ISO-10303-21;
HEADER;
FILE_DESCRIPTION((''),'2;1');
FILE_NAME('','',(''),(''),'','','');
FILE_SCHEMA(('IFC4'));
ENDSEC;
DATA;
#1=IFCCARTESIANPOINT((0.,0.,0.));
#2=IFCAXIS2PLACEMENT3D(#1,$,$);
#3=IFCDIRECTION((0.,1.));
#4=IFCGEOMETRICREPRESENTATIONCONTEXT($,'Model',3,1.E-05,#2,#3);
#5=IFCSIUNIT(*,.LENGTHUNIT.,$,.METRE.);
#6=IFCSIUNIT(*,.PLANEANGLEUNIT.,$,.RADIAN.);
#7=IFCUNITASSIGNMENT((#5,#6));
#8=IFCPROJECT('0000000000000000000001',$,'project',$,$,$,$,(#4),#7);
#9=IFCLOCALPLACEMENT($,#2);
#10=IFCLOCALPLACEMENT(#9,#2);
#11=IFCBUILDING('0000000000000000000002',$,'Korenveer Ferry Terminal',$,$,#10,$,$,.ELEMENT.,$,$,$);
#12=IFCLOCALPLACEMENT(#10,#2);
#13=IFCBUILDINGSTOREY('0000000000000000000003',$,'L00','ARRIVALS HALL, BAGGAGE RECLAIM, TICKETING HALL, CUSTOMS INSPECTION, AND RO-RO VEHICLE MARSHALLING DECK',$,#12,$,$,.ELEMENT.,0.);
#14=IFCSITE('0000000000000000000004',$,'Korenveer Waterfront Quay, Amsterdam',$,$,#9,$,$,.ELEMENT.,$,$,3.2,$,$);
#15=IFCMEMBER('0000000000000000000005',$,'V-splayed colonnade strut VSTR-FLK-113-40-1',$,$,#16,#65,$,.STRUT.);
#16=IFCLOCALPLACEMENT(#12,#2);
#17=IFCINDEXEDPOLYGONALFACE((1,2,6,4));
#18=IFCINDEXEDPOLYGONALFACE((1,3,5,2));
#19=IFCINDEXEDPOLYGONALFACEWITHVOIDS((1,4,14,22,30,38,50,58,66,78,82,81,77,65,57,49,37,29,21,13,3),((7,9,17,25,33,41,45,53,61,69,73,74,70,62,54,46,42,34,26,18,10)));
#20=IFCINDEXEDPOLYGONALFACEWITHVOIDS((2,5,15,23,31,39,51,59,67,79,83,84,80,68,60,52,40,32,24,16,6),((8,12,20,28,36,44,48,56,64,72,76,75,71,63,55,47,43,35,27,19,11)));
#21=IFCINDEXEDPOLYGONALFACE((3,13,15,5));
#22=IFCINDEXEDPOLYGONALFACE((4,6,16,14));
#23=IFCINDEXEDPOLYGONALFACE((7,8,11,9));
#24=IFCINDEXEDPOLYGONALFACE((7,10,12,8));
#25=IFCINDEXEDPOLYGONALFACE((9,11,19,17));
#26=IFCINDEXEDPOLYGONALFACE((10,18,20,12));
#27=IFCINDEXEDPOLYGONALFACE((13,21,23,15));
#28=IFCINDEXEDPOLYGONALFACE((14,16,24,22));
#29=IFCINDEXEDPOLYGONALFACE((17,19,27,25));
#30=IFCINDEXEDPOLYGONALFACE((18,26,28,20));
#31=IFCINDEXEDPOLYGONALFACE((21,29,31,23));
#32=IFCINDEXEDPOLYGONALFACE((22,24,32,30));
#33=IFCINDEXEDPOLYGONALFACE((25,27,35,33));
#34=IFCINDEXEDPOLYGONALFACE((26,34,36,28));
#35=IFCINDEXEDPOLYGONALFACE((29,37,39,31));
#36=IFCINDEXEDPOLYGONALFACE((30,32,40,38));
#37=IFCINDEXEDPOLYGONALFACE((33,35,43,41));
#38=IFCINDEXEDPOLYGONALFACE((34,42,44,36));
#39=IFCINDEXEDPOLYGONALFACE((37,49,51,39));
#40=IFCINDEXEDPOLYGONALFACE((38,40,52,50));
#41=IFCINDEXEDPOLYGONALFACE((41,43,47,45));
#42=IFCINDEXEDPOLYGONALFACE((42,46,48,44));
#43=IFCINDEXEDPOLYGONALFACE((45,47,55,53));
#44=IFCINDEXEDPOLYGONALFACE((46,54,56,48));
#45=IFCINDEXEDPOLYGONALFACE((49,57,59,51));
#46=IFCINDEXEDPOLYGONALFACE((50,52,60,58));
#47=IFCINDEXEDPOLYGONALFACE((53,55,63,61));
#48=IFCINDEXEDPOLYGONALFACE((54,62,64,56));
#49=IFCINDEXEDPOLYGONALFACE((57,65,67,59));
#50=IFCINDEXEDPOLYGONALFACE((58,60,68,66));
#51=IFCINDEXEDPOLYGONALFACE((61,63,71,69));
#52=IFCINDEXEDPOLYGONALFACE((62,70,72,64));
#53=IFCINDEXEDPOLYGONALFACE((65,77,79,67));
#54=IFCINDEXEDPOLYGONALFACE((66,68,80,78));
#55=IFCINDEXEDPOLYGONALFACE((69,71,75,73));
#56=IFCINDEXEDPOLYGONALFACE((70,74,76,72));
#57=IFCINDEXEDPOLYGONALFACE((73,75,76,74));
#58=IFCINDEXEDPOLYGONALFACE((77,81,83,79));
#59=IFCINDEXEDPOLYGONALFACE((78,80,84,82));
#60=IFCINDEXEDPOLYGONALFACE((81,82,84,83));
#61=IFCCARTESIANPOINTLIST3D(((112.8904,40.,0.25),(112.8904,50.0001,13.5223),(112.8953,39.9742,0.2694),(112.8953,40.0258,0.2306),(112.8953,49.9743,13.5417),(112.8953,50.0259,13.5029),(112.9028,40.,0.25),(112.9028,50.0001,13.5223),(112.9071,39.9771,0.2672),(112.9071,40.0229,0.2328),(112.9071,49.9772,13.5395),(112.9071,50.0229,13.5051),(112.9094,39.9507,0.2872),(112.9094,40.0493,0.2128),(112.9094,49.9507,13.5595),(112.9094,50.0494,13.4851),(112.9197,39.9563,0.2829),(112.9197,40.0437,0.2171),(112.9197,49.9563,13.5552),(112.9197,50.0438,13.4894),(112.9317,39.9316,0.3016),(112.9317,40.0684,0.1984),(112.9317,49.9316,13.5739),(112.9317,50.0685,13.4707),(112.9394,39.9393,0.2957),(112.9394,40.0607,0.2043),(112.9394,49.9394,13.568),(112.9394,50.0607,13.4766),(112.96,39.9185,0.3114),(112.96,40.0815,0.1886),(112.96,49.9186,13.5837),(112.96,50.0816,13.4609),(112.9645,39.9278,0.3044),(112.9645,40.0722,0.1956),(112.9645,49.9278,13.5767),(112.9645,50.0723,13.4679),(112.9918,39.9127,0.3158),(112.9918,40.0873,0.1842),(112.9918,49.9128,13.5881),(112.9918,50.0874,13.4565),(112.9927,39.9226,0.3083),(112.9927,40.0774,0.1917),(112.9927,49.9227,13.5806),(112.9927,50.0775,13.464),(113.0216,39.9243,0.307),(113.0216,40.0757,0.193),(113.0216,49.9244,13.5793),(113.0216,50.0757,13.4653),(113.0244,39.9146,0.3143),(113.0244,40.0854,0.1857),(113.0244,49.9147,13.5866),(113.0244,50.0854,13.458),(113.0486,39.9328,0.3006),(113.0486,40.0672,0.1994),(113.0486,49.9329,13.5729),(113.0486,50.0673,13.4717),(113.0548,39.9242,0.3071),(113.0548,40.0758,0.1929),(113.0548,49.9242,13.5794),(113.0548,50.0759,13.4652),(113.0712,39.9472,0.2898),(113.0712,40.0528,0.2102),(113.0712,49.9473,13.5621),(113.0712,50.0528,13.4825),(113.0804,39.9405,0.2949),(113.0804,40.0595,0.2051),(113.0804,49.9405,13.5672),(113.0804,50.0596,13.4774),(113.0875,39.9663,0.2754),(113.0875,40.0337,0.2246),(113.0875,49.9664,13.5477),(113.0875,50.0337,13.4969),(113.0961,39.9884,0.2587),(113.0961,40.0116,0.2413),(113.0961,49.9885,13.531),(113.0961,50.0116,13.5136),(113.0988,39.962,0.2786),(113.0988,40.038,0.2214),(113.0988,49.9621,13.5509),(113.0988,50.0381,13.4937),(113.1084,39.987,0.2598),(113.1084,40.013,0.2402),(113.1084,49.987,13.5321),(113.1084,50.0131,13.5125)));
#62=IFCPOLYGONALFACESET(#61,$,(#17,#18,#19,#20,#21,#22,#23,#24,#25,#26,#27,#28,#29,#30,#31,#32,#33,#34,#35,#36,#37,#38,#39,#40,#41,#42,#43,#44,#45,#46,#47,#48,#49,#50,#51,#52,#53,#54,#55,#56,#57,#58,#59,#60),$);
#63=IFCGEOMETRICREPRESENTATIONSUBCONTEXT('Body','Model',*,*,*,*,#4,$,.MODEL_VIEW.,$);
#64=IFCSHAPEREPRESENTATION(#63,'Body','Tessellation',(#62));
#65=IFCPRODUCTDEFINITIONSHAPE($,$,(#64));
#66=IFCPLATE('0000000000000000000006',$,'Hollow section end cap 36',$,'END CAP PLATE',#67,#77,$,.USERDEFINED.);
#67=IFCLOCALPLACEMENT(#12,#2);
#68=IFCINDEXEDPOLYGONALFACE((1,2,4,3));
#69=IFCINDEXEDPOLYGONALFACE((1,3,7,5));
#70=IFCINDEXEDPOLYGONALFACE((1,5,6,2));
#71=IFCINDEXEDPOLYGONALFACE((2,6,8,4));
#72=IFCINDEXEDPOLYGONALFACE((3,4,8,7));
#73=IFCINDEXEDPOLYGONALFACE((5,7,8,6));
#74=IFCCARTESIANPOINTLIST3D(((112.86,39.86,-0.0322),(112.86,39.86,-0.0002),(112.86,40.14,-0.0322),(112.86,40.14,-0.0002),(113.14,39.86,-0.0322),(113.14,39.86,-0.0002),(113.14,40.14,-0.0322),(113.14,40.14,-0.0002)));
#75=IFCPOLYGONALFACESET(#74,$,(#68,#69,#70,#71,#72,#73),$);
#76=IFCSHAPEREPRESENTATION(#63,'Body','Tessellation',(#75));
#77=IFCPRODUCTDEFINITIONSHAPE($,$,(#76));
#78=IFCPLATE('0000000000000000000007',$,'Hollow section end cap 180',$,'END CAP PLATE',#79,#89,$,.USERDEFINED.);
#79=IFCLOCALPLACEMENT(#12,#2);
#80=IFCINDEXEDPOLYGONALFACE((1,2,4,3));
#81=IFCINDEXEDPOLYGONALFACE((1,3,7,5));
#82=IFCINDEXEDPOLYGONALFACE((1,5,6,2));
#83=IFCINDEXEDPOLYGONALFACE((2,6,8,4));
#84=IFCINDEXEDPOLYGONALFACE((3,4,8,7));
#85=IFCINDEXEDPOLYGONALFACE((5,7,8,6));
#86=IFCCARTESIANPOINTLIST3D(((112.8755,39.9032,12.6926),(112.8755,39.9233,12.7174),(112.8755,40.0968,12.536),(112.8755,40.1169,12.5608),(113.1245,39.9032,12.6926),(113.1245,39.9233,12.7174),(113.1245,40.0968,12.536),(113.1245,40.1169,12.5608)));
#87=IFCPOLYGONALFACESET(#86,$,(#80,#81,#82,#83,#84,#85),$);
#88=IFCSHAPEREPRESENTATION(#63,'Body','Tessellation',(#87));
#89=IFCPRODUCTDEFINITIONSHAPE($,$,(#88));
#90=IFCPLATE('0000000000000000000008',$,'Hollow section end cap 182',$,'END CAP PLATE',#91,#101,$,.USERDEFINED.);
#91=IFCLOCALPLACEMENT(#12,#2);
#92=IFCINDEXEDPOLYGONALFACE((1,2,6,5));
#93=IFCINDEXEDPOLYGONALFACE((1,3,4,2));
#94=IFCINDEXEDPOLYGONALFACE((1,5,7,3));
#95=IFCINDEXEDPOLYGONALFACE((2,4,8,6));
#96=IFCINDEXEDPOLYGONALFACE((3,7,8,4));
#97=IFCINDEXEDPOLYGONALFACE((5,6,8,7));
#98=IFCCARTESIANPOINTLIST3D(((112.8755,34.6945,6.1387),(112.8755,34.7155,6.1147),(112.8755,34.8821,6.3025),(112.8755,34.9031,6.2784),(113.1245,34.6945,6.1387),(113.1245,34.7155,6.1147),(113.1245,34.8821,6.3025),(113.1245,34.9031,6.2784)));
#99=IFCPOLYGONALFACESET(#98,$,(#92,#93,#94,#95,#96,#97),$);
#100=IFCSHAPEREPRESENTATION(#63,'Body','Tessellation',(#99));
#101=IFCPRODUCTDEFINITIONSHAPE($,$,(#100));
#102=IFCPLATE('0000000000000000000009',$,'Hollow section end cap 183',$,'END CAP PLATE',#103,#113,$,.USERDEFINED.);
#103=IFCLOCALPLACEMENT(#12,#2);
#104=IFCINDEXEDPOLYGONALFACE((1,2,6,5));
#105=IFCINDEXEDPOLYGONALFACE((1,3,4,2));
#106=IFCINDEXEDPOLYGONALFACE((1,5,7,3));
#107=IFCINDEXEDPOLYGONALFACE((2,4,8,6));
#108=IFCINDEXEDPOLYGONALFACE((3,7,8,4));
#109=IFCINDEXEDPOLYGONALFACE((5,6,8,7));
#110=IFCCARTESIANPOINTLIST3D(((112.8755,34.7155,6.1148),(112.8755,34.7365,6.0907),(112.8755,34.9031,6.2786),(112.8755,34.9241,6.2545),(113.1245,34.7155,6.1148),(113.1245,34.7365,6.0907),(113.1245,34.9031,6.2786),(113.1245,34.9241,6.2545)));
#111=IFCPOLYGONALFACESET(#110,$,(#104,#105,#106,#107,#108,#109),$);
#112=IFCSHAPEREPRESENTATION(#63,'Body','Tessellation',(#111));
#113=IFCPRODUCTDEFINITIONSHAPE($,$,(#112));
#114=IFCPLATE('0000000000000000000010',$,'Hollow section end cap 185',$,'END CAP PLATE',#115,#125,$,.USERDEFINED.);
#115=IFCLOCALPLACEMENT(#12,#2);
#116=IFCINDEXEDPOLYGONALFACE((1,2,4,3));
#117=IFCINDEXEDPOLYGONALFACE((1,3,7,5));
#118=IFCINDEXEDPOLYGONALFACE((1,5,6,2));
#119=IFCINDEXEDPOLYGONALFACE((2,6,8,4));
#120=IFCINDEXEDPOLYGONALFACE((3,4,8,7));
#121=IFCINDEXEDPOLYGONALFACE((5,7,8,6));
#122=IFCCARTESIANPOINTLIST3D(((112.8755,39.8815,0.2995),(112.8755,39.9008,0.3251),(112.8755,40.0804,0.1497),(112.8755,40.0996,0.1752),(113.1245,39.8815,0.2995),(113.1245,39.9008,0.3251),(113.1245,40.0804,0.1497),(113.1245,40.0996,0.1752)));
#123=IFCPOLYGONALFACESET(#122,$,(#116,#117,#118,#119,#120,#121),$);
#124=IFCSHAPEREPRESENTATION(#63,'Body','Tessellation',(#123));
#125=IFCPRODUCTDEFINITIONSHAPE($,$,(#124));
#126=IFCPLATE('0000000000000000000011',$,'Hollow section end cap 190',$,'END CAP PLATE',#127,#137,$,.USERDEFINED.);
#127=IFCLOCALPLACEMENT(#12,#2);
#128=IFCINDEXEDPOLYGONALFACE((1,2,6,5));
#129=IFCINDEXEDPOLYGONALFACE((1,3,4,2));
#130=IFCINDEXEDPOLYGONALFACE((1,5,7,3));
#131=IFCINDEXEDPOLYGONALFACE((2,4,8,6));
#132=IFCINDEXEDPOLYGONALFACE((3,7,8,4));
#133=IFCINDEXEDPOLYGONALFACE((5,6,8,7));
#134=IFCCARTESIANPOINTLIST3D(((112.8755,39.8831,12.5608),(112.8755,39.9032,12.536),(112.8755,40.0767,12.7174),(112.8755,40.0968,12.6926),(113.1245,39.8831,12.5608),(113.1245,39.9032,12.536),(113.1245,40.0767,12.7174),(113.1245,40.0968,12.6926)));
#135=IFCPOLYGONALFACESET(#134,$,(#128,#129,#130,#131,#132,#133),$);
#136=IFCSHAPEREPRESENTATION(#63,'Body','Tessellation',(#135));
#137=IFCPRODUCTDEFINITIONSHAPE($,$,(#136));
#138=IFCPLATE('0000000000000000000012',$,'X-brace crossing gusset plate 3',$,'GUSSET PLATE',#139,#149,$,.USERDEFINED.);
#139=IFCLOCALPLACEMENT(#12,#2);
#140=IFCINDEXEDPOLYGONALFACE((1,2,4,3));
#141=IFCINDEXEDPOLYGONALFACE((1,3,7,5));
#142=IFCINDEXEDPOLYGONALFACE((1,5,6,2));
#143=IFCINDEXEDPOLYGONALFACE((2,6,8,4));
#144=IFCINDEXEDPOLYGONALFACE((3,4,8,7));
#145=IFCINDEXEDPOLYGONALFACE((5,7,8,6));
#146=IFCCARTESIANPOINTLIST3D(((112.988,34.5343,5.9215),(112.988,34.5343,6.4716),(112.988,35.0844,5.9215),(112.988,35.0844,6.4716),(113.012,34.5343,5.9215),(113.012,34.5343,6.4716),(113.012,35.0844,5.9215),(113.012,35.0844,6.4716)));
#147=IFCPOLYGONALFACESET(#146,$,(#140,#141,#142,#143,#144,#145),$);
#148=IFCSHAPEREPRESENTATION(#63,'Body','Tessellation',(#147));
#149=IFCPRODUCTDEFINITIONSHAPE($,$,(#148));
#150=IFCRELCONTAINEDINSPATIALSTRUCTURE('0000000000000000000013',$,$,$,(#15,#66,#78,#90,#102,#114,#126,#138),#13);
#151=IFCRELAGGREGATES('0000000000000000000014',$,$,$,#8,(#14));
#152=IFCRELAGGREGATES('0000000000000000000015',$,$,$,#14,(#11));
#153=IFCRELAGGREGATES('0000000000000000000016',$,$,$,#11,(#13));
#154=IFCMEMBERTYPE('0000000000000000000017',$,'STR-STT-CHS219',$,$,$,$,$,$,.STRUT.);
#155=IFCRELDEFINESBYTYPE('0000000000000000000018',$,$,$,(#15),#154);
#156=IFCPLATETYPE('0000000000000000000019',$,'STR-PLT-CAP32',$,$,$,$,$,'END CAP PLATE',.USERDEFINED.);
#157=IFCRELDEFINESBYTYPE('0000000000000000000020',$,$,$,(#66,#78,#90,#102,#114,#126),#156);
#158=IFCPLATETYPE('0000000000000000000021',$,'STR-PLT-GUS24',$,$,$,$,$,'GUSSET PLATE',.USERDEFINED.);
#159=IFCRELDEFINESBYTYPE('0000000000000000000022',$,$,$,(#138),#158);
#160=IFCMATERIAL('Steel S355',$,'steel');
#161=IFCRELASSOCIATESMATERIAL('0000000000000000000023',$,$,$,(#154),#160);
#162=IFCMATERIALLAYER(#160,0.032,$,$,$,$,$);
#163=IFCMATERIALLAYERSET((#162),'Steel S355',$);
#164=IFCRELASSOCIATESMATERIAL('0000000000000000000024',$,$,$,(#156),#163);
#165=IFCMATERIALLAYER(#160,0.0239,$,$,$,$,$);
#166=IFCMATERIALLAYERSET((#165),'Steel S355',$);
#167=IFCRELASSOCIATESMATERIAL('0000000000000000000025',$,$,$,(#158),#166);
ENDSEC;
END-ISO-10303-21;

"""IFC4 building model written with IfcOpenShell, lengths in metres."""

from ifc_helpers import new_model, si_unit, direction, frame, origin, origin_2d, place, context, subcontext, project, spatial, rectangle, hollow_circle, extrude, material, layer, layer_set, material_profile, profile_set, type_object, element, save


model = new_model("IFC4")

# Units and contexts
model_context = context("Model", 3, precision=1e-05, world=origin(), true_north=direction((0.0, 1.0)))
body_context = subcontext(model_context, "Body", "Model", "MODEL_VIEW")
ifc_project = project(units=[si_unit("LENGTHUNIT", "METRE"), si_unit("PLANEANGLEUNIT", "RADIAN")], contexts=[model_context])

# Site, building, storey
site_placement = place(None, origin())
site = spatial("IfcSite", under=ifc_project, at=site_placement, Name="Korenveer Waterfront Quay, Amsterdam", CompositionType="ELEMENT", RefElevation=3.2)
building_placement = place(site_placement, origin())
building = spatial("IfcBuilding", under=site, at=building_placement, Name="Korenveer Ferry Terminal", CompositionType="ELEMENT")
storey_placement = place(building_placement, origin())
storey = spatial("IfcBuildingStorey", under=building, at=storey_placement, Name="L00", Description="ARRIVALS HALL, BAGGAGE RECLAIM, TICKETING HALL, CUSTOMS INSPECTION, AND RO-RO VEHICLE MARSHALLING DECK", CompositionType="ELEMENT", Elevation=0.0)

# Shared definitions
ifc_material_1 = material(Name="Steel S355", Category="steel")

# Member
ifc_material_profile_1 = material_profile(ifc_material_1, hollow_circle(Radius=0.1096, WallThickness=0.0125, at=origin_2d()), Name="CHS 219.1x12.5")
ifc_profile_set_1 = profile_set([ifc_material_profile_1], Name="Steel S355")
member_type = type_object("IfcMemberType", Name="STR-STT-CHS219", PredefinedType="STRUT", material=ifc_profile_set_1)
member_1_placement = place(storey_placement, frame((113.0, 40.0, 0.25), z_axis=(0.0, 0.601764, 0.798674), x_axis=(-1.0, 0.0, 0.0)))
element("IfcMember", 1, at=member_1_placement, inside=storey, type_object=member_type, Name="V-splayed colonnade strut VSTR-FLK-113-40-1", PredefinedType="STRUT", context=body_context, shape_type="SweptSolid", body=[
    extrude(hollow_circle(Radius=0.1096, WallThickness=0.0125, at=origin_2d()), origin(), (0.0, 0.0, 1.0), 16.6179),
])

# Plates
ifc_layer_1 = layer(ifc_material_1, 0.032)
ifc_layer_set_1 = layer_set([ifc_layer_1], Name="Steel S355")
plate_type_1 = type_object("IfcPlateType", Name="STR-PLT-CAP32", ElementType="END CAP PLATE", PredefinedType="USERDEFINED", material=ifc_layer_set_1)
plate_1_placement = place(storey_placement, frame((113.0, 40.0, -0.0322), z_axis=(0.0, 0.0, 1.0), x_axis=(1.0, 0.0, 0.0)))
element("IfcPlate", 2, at=plate_1_placement, inside=storey, type_object=plate_type_1, Name="Hollow section end cap 36", ObjectType="END CAP PLATE", PredefinedType="USERDEFINED", context=body_context, shape_type="SweptSolid", body=[
    extrude(rectangle(XDim=0.28, YDim=0.28, at=origin_2d()), origin(), (0.0, 0.0, 1.0), 0.032),
])
for number, where, z_axis, x_axis, name in (
    (3, (113.0, 40.0, 12.6143), (0.0, 0.628848, 0.777528), (-1.0, 0.0, 0.0), "Hollow section end cap 180"),
    (4, (113.0, 34.8093, 6.1965), (0.0, -0.657599, 0.753368), (1.0, 0.0, 0.0), "Hollow section end cap 182"),
    (5, (113.0, 34.8303, 6.1726), (0.0, -0.657599, 0.753368), (1.0, 0.0, 0.0), "Hollow section end cap 183"),
    (6, (113.0, 39.981, 0.2246), (0.0, 0.601761, 0.798676), (-1.0, 0.0, 0.0), "Hollow section end cap 185"),
    (7, (113.0, 40.0, 12.6143), (0.0, -0.628848, 0.777528), (1.0, 0.0, 0.0), "Hollow section end cap 190"),
):
    element("IfcPlate", number, at=place(storey_placement, frame(where, z_axis=z_axis, x_axis=x_axis)), inside=storey, type_object=plate_type_1, Name=name, ObjectType="END CAP PLATE", PredefinedType="USERDEFINED", context=body_context, shape_type="SweptSolid", body=[
        extrude(rectangle(XDim=0.249, YDim=0.249, at=origin_2d()), origin(), (0.0, 0.0, 1.0), 0.032),
    ])
ifc_layer_2 = layer(ifc_material_1, 0.0239)
ifc_layer_set_2 = layer_set([ifc_layer_2], Name="Steel S355")
plate_type_2 = type_object("IfcPlateType", Name="STR-PLT-GUS24", ElementType="GUSSET PLATE", PredefinedType="USERDEFINED", material=ifc_layer_set_2)
plate_2_placement = place(storey_placement, frame((112.988, 34.8093, 6.1965), z_axis=(1.0, 0.0, 0.0), x_axis=(0.0, 1.0, 0.0)))
element("IfcPlate", 8, at=plate_2_placement, inside=storey, type_object=plate_type_2, Name="X-brace crossing gusset plate 3", ObjectType="GUSSET PLATE", PredefinedType="USERDEFINED", context=body_context, shape_type="SweptSolid", body=[
    extrude(rectangle(XDim=0.55, YDim=0.55, at=origin_2d()), origin(), (0.0, 0.0, 1.0), 0.0239),
])

save(model, "model.ifc")
